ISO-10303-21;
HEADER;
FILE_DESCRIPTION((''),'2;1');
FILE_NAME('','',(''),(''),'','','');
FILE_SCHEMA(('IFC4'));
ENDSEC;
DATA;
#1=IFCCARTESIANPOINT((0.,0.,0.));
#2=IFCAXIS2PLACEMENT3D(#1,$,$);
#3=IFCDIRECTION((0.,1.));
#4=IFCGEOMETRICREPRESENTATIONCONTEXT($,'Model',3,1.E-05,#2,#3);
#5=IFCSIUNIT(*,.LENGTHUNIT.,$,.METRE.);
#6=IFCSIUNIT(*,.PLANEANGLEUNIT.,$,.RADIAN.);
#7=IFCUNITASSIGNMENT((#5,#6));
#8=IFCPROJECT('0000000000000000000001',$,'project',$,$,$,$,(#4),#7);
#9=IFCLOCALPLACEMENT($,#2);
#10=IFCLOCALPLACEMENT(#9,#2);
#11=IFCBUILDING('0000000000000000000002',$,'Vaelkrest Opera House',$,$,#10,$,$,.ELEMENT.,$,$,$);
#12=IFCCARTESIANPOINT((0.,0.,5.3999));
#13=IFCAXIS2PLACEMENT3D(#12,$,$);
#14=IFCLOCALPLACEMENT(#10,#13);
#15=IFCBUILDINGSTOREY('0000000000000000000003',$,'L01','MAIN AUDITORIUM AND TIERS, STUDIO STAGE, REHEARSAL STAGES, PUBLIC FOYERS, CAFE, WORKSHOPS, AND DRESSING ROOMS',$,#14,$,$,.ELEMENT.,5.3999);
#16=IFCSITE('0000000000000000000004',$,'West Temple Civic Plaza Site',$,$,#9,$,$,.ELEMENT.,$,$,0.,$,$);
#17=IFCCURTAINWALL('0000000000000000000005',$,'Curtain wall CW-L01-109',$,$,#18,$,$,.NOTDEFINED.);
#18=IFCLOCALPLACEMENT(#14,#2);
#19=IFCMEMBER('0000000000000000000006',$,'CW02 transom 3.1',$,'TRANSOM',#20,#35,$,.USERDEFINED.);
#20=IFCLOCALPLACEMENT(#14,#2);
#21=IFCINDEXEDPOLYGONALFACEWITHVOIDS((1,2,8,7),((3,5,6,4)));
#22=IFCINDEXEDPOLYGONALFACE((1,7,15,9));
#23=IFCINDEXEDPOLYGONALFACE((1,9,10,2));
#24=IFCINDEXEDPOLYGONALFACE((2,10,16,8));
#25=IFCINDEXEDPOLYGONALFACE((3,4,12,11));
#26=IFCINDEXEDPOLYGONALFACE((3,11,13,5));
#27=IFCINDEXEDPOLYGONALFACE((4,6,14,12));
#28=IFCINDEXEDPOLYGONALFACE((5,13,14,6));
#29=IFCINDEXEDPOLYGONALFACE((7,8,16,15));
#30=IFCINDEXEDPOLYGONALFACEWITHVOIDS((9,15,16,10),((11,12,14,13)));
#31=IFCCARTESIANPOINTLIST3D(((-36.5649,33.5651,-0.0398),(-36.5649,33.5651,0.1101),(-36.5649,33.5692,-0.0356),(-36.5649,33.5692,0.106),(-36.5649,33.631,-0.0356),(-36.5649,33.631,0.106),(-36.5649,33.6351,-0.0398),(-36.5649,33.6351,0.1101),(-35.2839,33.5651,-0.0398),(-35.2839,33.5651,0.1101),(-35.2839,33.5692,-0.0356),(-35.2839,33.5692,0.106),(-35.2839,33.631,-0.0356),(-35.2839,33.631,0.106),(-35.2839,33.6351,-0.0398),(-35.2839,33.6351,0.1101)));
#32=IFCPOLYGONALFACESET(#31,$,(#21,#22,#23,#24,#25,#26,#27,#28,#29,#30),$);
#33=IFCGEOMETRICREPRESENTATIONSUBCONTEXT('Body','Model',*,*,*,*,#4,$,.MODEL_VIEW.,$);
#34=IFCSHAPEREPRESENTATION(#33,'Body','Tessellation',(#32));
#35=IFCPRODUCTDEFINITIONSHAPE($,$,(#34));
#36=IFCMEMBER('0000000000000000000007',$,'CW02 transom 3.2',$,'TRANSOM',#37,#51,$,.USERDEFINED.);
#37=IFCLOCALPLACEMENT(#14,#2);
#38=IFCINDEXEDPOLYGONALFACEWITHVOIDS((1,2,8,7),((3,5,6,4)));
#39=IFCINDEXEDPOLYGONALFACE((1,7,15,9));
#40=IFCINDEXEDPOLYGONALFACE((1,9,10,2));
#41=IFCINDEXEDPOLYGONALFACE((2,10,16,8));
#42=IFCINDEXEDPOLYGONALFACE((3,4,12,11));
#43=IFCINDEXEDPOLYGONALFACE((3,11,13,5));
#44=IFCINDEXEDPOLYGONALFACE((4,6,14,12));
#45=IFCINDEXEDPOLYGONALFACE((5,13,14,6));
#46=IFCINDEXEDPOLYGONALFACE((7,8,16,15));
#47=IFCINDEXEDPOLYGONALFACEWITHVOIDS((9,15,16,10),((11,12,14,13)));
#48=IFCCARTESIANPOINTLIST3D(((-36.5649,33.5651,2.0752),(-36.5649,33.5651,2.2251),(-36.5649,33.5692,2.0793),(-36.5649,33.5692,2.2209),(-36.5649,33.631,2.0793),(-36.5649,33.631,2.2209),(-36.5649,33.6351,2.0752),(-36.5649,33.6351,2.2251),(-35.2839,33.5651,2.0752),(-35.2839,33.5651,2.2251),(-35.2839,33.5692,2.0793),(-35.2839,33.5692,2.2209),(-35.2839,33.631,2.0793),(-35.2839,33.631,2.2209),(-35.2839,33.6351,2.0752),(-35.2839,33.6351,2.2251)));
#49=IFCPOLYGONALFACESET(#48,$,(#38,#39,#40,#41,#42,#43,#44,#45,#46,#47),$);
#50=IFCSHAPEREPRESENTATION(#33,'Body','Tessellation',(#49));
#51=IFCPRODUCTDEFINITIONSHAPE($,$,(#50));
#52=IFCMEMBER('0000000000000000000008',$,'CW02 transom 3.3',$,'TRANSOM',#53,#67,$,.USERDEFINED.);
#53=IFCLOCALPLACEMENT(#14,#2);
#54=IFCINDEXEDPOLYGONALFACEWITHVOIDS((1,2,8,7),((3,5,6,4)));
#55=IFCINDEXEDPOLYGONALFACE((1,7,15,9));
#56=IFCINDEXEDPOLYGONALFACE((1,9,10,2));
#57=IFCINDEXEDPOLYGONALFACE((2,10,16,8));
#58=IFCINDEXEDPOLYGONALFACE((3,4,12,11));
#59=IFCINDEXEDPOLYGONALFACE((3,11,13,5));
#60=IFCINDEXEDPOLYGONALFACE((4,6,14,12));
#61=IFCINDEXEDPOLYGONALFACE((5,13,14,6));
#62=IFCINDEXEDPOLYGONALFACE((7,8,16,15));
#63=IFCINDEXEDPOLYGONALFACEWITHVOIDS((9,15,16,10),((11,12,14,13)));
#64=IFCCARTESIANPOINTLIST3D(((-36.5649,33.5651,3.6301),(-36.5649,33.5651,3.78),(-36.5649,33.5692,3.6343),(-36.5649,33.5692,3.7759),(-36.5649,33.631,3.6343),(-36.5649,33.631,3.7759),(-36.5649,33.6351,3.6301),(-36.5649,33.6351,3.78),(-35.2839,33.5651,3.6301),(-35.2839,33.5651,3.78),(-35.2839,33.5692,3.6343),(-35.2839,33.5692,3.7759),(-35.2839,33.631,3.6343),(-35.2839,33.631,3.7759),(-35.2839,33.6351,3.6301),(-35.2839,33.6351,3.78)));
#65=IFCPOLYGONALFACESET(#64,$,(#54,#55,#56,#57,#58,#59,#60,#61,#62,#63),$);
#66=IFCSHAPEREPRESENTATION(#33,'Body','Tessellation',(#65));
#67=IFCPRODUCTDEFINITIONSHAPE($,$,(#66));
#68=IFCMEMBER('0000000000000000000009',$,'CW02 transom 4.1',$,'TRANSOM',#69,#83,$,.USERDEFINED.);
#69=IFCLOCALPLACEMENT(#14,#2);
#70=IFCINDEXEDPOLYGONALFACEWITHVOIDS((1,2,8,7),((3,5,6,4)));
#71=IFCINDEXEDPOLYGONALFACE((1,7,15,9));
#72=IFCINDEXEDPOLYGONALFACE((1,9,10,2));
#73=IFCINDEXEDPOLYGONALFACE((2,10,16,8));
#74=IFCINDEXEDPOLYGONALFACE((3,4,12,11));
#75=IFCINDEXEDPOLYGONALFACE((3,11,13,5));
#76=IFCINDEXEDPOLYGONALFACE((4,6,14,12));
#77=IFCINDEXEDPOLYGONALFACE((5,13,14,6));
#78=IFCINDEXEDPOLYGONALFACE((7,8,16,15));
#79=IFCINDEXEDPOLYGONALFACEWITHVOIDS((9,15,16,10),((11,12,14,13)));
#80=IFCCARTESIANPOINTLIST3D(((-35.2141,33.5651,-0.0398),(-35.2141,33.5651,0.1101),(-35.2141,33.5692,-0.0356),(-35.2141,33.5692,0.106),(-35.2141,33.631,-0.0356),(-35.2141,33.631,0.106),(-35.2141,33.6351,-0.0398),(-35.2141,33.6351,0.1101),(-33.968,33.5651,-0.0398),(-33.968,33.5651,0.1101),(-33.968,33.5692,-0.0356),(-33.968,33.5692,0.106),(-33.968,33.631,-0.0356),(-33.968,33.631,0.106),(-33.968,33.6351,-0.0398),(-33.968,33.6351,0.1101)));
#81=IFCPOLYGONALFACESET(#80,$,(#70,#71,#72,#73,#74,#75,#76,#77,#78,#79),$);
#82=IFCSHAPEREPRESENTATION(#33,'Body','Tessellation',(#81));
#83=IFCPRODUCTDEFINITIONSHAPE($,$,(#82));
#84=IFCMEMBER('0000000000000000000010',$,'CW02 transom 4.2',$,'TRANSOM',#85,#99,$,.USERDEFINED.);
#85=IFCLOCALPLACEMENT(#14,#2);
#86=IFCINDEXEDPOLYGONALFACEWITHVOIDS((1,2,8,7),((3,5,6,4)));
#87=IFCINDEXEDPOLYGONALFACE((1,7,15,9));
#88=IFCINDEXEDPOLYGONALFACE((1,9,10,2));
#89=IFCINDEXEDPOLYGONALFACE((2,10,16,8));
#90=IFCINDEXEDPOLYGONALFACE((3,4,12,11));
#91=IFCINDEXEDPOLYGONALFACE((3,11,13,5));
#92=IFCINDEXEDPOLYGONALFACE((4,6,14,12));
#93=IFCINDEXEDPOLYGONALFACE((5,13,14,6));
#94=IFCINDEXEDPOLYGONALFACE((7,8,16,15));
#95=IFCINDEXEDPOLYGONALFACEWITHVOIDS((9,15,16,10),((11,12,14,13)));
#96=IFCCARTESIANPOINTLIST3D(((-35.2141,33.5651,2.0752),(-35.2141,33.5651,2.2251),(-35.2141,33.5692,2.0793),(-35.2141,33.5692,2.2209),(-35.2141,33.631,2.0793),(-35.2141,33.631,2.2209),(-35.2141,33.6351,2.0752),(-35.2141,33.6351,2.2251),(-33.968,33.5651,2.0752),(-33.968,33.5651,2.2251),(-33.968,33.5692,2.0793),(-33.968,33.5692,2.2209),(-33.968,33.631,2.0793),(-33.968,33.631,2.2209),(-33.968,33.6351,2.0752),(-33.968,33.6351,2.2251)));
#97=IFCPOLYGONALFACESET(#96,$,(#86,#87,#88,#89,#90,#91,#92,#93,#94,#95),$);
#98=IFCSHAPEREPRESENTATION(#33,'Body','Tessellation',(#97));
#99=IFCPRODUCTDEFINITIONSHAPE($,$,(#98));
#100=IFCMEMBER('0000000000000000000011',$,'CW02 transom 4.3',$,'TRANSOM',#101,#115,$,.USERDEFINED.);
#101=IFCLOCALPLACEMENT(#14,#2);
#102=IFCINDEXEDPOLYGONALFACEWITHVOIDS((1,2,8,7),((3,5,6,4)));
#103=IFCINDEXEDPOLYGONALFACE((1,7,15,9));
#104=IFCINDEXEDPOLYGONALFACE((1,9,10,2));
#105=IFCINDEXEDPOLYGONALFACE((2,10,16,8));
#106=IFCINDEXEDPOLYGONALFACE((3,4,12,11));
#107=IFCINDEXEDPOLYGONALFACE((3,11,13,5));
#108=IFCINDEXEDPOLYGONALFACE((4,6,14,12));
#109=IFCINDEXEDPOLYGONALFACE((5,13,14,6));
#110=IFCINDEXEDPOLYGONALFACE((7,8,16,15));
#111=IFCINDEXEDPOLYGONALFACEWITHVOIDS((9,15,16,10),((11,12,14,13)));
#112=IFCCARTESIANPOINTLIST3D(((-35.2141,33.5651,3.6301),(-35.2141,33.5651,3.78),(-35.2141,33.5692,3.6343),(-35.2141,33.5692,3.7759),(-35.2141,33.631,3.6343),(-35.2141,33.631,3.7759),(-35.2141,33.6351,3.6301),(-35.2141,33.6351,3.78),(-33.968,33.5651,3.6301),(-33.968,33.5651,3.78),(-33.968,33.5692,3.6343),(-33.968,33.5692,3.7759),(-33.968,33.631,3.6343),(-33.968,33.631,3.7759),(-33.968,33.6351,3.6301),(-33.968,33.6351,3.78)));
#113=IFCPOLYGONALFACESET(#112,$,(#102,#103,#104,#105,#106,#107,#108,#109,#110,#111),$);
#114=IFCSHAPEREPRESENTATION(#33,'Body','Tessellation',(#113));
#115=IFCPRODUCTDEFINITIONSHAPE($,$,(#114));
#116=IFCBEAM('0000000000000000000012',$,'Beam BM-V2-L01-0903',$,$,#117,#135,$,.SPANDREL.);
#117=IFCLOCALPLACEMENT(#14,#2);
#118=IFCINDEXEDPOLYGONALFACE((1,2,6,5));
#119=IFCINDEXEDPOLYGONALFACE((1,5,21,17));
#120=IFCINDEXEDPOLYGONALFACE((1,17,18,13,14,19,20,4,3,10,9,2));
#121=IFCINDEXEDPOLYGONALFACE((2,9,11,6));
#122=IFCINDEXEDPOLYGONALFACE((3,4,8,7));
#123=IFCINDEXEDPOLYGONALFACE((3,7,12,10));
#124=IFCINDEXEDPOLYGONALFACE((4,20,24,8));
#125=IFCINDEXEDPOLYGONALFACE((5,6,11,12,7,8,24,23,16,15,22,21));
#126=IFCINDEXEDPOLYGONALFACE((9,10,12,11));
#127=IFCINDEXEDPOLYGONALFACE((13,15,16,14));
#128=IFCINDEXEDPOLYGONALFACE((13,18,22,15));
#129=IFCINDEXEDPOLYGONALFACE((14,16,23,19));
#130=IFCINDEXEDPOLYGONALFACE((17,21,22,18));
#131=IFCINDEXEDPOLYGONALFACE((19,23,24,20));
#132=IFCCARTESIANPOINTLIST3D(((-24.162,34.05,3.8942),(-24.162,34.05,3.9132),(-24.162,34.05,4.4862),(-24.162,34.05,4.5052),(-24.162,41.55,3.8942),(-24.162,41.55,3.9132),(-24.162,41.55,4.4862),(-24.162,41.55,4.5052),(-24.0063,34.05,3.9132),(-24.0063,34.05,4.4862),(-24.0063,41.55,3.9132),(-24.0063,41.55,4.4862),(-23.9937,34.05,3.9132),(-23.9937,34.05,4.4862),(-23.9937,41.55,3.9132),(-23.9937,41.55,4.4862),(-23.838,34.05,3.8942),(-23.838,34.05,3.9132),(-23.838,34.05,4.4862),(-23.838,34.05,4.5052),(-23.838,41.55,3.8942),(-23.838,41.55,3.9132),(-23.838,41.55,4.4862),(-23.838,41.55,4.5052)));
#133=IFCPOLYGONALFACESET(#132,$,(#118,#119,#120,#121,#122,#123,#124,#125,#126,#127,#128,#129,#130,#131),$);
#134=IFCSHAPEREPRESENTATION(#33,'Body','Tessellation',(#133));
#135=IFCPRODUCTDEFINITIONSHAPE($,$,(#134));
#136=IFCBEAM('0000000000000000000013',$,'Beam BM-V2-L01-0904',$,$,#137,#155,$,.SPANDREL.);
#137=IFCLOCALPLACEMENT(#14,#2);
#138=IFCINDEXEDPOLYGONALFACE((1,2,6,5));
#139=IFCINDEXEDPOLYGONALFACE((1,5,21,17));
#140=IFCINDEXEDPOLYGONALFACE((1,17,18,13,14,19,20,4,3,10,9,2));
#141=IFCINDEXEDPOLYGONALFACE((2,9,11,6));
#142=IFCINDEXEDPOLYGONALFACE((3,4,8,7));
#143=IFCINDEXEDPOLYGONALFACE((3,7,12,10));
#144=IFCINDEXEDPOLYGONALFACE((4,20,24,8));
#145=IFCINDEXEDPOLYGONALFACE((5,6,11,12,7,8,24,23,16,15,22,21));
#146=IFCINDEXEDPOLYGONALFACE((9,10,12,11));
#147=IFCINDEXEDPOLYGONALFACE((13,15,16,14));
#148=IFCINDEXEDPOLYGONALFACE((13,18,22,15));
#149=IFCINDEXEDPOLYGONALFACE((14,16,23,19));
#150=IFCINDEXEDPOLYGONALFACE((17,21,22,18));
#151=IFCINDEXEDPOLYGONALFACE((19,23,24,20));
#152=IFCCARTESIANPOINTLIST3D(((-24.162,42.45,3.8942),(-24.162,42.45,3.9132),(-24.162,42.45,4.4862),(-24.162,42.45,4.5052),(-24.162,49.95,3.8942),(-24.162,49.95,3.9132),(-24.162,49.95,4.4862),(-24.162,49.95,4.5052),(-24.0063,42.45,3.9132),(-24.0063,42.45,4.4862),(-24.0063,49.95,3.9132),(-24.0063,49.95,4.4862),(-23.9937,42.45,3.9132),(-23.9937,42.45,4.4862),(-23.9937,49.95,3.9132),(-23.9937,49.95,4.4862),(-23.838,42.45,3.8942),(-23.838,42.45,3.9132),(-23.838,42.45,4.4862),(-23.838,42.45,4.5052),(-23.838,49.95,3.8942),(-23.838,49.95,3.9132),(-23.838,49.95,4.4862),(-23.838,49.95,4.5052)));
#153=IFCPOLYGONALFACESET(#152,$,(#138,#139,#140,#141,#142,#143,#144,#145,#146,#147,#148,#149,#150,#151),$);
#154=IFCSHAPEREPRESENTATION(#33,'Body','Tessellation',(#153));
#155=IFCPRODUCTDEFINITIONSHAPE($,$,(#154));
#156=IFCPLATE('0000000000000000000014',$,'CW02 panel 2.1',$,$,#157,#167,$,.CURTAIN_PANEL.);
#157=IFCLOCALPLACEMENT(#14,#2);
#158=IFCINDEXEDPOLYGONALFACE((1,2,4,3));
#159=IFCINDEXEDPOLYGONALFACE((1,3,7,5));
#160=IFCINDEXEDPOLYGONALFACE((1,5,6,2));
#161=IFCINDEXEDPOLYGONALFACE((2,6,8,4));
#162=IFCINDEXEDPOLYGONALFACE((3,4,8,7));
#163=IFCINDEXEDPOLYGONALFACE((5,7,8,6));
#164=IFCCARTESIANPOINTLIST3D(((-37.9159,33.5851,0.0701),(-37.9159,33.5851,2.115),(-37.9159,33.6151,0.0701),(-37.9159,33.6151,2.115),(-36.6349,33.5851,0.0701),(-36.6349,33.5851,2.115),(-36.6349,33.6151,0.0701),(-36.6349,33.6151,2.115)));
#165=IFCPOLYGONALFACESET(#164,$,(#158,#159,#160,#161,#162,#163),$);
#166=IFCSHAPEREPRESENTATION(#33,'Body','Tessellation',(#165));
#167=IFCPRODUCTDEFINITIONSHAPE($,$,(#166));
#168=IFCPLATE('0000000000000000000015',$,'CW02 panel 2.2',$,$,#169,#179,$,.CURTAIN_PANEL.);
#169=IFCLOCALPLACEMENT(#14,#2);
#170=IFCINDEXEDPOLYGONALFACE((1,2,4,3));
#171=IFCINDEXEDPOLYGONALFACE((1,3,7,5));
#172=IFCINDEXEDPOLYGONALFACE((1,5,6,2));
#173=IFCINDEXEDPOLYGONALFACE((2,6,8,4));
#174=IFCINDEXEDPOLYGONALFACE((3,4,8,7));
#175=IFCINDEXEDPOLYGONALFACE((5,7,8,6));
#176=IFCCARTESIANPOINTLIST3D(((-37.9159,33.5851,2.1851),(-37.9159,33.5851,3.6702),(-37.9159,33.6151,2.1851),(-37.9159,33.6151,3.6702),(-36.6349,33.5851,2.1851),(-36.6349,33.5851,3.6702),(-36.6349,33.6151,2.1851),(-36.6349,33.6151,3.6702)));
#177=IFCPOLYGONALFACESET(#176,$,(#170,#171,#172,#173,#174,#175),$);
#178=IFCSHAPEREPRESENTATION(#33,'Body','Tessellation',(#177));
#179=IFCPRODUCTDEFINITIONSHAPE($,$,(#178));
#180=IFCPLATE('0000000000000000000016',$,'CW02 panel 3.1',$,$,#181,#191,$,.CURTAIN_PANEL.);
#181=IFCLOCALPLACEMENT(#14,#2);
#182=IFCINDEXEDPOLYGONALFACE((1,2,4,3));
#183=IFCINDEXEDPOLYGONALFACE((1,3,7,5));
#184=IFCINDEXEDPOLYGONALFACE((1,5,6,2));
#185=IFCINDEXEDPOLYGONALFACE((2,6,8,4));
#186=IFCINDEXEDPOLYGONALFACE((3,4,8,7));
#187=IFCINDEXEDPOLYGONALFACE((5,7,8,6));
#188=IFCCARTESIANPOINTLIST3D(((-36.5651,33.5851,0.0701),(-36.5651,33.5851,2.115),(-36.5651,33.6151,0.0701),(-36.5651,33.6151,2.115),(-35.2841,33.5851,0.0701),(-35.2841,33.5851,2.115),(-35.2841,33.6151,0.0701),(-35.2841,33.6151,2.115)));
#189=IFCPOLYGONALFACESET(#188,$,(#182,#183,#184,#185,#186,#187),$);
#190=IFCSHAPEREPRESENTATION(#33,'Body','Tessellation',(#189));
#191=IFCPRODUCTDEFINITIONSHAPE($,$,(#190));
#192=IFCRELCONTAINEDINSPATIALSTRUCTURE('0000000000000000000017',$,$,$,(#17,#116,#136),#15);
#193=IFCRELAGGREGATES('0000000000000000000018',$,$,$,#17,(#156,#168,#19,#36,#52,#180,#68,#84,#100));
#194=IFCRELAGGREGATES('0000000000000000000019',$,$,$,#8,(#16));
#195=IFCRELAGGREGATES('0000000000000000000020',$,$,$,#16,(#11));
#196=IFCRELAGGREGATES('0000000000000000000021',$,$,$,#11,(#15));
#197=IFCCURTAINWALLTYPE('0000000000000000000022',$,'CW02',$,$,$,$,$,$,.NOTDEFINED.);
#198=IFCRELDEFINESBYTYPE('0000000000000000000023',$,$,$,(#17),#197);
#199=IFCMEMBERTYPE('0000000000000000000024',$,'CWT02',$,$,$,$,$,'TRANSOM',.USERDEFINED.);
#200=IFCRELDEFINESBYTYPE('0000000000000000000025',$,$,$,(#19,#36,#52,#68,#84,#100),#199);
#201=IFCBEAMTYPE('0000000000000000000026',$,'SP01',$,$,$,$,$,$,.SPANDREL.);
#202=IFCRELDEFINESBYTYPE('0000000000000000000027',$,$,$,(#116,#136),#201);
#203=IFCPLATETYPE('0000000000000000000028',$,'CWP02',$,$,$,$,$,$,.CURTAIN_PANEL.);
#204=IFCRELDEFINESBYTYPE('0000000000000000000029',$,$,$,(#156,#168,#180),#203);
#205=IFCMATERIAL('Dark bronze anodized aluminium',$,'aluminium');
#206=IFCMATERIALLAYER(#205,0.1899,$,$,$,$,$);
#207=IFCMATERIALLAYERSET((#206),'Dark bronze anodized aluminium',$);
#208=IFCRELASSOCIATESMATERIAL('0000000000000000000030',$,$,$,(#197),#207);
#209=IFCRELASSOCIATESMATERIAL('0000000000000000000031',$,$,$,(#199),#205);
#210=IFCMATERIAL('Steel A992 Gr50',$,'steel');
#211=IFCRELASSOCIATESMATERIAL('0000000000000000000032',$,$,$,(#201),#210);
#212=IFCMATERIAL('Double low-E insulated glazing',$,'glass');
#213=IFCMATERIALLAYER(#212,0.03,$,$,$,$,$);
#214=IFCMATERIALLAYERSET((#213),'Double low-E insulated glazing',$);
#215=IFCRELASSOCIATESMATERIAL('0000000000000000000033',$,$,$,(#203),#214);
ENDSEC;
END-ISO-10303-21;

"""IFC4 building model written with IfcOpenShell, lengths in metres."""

from ifc_helpers import new_model, si_unit, direction, frame, origin, origin_2d, place, context, subcontext, project, spatial, rectangle, hollow_rectangle, i_section, extrude, material, layer, layer_set, material_profile, profile_set, type_object, element, aggregate, save


model = new_model("IFC4")

# Units and contexts
model_context = context("Model", 3, precision=1e-05, world=origin(), true_north=direction((0.0, 1.0)))
body_context = subcontext(model_context, "Body", "Model", "MODEL_VIEW")
ifc_project = project(units=[si_unit("LENGTHUNIT", "METRE"), si_unit("PLANEANGLEUNIT", "RADIAN")], contexts=[model_context])

# Site, building, storey
site_placement = place(None, origin())
site = spatial("IfcSite", under=ifc_project, at=site_placement, Name="West Temple Civic Plaza Site", CompositionType="ELEMENT", RefElevation=0.0)
building_placement = place(site_placement, origin())
building = spatial("IfcBuilding", under=site, at=building_placement, Name="Vaelkrest Opera House", CompositionType="ELEMENT")
storey_placement = place(building_placement, frame((0.0, 0.0, 5.3999)))
storey = spatial("IfcBuildingStorey", under=building, at=storey_placement, Name="L01", Description="MAIN AUDITORIUM AND TIERS, STUDIO STAGE, REHEARSAL STAGES, PUBLIC FOYERS, CAFE, WORKSHOPS, AND DRESSING ROOMS", CompositionType="ELEMENT", Elevation=5.3999)

# Shared definitions
ifc_material_1 = material(Name="Dark bronze anodized aluminium", Category="aluminium")

# Curtain wall, members
ifc_layer_1 = layer(ifc_material_1, 0.1899)
ifc_layer_set_1 = layer_set([ifc_layer_1], Name="Dark bronze anodized aluminium")
curtain_wall_type_1 = type_object("IfcCurtainWallType", Name="CW02", PredefinedType="NOTDEFINED", material=ifc_layer_set_1)
curtain_wall_1_placement = place(storey_placement, origin())
curtain_wall_1 = element("IfcCurtainWall", 1, at=curtain_wall_1_placement, inside=storey, type_object=curtain_wall_type_1, Name="Curtain wall CW-L01-109", PredefinedType="NOTDEFINED")
ifc_material_profile_1 = material_profile(ifc_material_1, hollow_rectangle(XDim=0.0701, YDim=0.1499, WallThickness=0.0042, at=origin_2d()), Name="CWT70X150")
ifc_profile_set_1 = profile_set([ifc_material_profile_1], Name="Dark bronze anodized aluminium")
member_type_1 = type_object("IfcMemberType", Name="CWT02", ElementType="TRANSOM", PredefinedType="USERDEFINED", material=ifc_profile_set_1)
member_1_placement = place(storey_placement, frame((-36.5649, 33.6001, 0.0352), z_axis=(1.0, 0.0, 0.0), x_axis=(0.0, 1.0, 0.0)))
member_1 = element("IfcMember", 2, at=member_1_placement, type_object=member_type_1, Name="CW02 transom 3.1", ObjectType="TRANSOM", PredefinedType="USERDEFINED", context=body_context, shape_type="SweptSolid", body=[
    extrude(hollow_rectangle(XDim=0.0701, YDim=0.1499, WallThickness=0.0042, at=origin_2d()), origin(), (0.0, 0.0, 1.0), 1.281),
])
member_2_placement = place(storey_placement, frame((-36.5649, 33.6001, 2.1501), z_axis=(1.0, 0.0, 0.0), x_axis=(0.0, 1.0, 0.0)))
member_2 = element("IfcMember", 3, at=member_2_placement, type_object=member_type_1, Name="CW02 transom 3.2", ObjectType="TRANSOM", PredefinedType="USERDEFINED", context=body_context, shape_type="SweptSolid", body=[
    extrude(hollow_rectangle(XDim=0.0701, YDim=0.1499, WallThickness=0.0042, at=origin_2d()), origin(), (0.0, 0.0, 1.0), 1.281),
])
member_3_placement = place(storey_placement, frame((-36.5649, 33.6001, 3.7051), z_axis=(1.0, 0.0, 0.0), x_axis=(0.0, 1.0, 0.0)))
member_3 = element("IfcMember", 4, at=member_3_placement, type_object=member_type_1, Name="CW02 transom 3.3", ObjectType="TRANSOM", PredefinedType="USERDEFINED", context=body_context, shape_type="SweptSolid", body=[
    extrude(hollow_rectangle(XDim=0.0701, YDim=0.1499, WallThickness=0.0042, at=origin_2d()), origin(), (0.0, 0.0, 1.0), 1.281),
])
member_4_placement = place(storey_placement, frame((-35.2141, 33.6001, 0.0352), z_axis=(1.0, 0.0, 0.0), x_axis=(0.0, 1.0, 0.0)))
member_4 = element("IfcMember", 5, at=member_4_placement, type_object=member_type_1, Name="CW02 transom 4.1", ObjectType="TRANSOM", PredefinedType="USERDEFINED", context=body_context, shape_type="SweptSolid", body=[
    extrude(hollow_rectangle(XDim=0.0701, YDim=0.1499, WallThickness=0.0042, at=origin_2d()), origin(), (0.0, 0.0, 1.0), 1.2461),
])
member_5_placement = place(storey_placement, frame((-35.2141, 33.6001, 2.1501), z_axis=(1.0, 0.0, 0.0), x_axis=(0.0, 1.0, 0.0)))
member_5 = element("IfcMember", 6, at=member_5_placement, type_object=member_type_1, Name="CW02 transom 4.2", ObjectType="TRANSOM", PredefinedType="USERDEFINED", context=body_context, shape_type="SweptSolid", body=[
    extrude(hollow_rectangle(XDim=0.0701, YDim=0.1499, WallThickness=0.0042, at=origin_2d()), origin(), (0.0, 0.0, 1.0), 1.2461),
])
member_6_placement = place(storey_placement, frame((-35.2141, 33.6001, 3.7051), z_axis=(1.0, 0.0, 0.0), x_axis=(0.0, 1.0, 0.0)))
member_6 = element("IfcMember", 7, at=member_6_placement, type_object=member_type_1, Name="CW02 transom 4.3", ObjectType="TRANSOM", PredefinedType="USERDEFINED", context=body_context, shape_type="SweptSolid", body=[
    extrude(hollow_rectangle(XDim=0.0701, YDim=0.1499, WallThickness=0.0042, at=origin_2d()), origin(), (0.0, 0.0, 1.0), 1.2461),
])

# Beams
ifc_material_2 = material(Name="Steel A992 Gr50", Category="steel")
ifc_material_profile_2 = material_profile(ifc_material_2, i_section(OverallWidth=0.324, OverallDepth=0.6111, WebThickness=0.0127, FlangeThickness=0.019, at=origin_2d()), Name="W24X104")
ifc_profile_set_2 = profile_set([ifc_material_profile_2], Name="Steel A992 Gr50")
beam_type = type_object("IfcBeamType", Name="SP01", PredefinedType="SPANDREL", material=ifc_profile_set_2)
for number, where, z_axis, x_axis, name in (
    (8, (-24.0, 34.05, 4.1997), (0.0, 1.0, 0.0), (-1.0, 0.0, 0.0), "Beam BM-V2-L01-0903"),
    (9, (-24.0, 42.45, 4.1997), (0.0, 1.0, 0.0), (-1.0, 0.0, 0.0), "Beam BM-V2-L01-0904"),
):
    element("IfcBeam", number, at=place(storey_placement, frame(where, z_axis=z_axis, x_axis=x_axis)), inside=storey, type_object=beam_type, Name=name, PredefinedType="SPANDREL", context=body_context, shape_type="SweptSolid", body=[
        extrude(i_section(OverallWidth=0.324, OverallDepth=0.6111, WebThickness=0.0127, FlangeThickness=0.019, at=origin_2d()), origin(), (0.0, 0.0, 1.0), 7.5),
    ])

# Plates
ifc_material_3 = material(Name="Double low-E insulated glazing", Category="glass")
ifc_layer_2 = layer(ifc_material_3, 0.03)
ifc_layer_set_2 = layer_set([ifc_layer_2], Name="Double low-E insulated glazing")
plate_type = type_object("IfcPlateType", Name="CWP02", PredefinedType="CURTAIN_PANEL", material=ifc_layer_set_2)
plate_1_placement = place(storey_placement, frame((-37.2754, 33.6001, 0.0701), z_axis=(0.0, 0.0, 1.0), x_axis=(1.0, 0.0, 0.0)))
plate_1 = element("IfcPlate", 10, at=plate_1_placement, type_object=plate_type, Name="CW02 panel 2.1", PredefinedType="CURTAIN_PANEL", context=body_context, shape_type="SweptSolid", body=[
    extrude(rectangle(XDim=1.281, YDim=0.03, at=origin_2d()), origin(), (0.0, 0.0, 1.0), 2.0449),
])
plate_2_placement = place(storey_placement, frame((-37.2754, 33.6001, 2.1851), z_axis=(0.0, 0.0, 1.0), x_axis=(1.0, 0.0, 0.0)))
plate_2 = element("IfcPlate", 11, at=plate_2_placement, type_object=plate_type, Name="CW02 panel 2.2", PredefinedType="CURTAIN_PANEL", context=body_context, shape_type="SweptSolid", body=[
    extrude(rectangle(XDim=1.281, YDim=0.03, at=origin_2d()), origin(), (0.0, 0.0, 1.0), 1.4851),
])
plate_3_placement = place(storey_placement, frame((-35.9246, 33.6001, 0.0701), z_axis=(0.0, 0.0, 1.0), x_axis=(1.0, 0.0, 0.0)))
plate_3 = element("IfcPlate", 12, at=plate_3_placement, type_object=plate_type, Name="CW02 panel 3.1", PredefinedType="CURTAIN_PANEL", context=body_context, shape_type="SweptSolid", body=[
    extrude(rectangle(XDim=1.281, YDim=0.03, at=origin_2d()), origin(), (0.0, 0.0, 1.0), 2.0449),
])
aggregate(curtain_wall_1, [plate_1, plate_2, member_1, member_2, member_3, plate_3, member_4, member_5, member_6])

save(model, "model.ifc")
